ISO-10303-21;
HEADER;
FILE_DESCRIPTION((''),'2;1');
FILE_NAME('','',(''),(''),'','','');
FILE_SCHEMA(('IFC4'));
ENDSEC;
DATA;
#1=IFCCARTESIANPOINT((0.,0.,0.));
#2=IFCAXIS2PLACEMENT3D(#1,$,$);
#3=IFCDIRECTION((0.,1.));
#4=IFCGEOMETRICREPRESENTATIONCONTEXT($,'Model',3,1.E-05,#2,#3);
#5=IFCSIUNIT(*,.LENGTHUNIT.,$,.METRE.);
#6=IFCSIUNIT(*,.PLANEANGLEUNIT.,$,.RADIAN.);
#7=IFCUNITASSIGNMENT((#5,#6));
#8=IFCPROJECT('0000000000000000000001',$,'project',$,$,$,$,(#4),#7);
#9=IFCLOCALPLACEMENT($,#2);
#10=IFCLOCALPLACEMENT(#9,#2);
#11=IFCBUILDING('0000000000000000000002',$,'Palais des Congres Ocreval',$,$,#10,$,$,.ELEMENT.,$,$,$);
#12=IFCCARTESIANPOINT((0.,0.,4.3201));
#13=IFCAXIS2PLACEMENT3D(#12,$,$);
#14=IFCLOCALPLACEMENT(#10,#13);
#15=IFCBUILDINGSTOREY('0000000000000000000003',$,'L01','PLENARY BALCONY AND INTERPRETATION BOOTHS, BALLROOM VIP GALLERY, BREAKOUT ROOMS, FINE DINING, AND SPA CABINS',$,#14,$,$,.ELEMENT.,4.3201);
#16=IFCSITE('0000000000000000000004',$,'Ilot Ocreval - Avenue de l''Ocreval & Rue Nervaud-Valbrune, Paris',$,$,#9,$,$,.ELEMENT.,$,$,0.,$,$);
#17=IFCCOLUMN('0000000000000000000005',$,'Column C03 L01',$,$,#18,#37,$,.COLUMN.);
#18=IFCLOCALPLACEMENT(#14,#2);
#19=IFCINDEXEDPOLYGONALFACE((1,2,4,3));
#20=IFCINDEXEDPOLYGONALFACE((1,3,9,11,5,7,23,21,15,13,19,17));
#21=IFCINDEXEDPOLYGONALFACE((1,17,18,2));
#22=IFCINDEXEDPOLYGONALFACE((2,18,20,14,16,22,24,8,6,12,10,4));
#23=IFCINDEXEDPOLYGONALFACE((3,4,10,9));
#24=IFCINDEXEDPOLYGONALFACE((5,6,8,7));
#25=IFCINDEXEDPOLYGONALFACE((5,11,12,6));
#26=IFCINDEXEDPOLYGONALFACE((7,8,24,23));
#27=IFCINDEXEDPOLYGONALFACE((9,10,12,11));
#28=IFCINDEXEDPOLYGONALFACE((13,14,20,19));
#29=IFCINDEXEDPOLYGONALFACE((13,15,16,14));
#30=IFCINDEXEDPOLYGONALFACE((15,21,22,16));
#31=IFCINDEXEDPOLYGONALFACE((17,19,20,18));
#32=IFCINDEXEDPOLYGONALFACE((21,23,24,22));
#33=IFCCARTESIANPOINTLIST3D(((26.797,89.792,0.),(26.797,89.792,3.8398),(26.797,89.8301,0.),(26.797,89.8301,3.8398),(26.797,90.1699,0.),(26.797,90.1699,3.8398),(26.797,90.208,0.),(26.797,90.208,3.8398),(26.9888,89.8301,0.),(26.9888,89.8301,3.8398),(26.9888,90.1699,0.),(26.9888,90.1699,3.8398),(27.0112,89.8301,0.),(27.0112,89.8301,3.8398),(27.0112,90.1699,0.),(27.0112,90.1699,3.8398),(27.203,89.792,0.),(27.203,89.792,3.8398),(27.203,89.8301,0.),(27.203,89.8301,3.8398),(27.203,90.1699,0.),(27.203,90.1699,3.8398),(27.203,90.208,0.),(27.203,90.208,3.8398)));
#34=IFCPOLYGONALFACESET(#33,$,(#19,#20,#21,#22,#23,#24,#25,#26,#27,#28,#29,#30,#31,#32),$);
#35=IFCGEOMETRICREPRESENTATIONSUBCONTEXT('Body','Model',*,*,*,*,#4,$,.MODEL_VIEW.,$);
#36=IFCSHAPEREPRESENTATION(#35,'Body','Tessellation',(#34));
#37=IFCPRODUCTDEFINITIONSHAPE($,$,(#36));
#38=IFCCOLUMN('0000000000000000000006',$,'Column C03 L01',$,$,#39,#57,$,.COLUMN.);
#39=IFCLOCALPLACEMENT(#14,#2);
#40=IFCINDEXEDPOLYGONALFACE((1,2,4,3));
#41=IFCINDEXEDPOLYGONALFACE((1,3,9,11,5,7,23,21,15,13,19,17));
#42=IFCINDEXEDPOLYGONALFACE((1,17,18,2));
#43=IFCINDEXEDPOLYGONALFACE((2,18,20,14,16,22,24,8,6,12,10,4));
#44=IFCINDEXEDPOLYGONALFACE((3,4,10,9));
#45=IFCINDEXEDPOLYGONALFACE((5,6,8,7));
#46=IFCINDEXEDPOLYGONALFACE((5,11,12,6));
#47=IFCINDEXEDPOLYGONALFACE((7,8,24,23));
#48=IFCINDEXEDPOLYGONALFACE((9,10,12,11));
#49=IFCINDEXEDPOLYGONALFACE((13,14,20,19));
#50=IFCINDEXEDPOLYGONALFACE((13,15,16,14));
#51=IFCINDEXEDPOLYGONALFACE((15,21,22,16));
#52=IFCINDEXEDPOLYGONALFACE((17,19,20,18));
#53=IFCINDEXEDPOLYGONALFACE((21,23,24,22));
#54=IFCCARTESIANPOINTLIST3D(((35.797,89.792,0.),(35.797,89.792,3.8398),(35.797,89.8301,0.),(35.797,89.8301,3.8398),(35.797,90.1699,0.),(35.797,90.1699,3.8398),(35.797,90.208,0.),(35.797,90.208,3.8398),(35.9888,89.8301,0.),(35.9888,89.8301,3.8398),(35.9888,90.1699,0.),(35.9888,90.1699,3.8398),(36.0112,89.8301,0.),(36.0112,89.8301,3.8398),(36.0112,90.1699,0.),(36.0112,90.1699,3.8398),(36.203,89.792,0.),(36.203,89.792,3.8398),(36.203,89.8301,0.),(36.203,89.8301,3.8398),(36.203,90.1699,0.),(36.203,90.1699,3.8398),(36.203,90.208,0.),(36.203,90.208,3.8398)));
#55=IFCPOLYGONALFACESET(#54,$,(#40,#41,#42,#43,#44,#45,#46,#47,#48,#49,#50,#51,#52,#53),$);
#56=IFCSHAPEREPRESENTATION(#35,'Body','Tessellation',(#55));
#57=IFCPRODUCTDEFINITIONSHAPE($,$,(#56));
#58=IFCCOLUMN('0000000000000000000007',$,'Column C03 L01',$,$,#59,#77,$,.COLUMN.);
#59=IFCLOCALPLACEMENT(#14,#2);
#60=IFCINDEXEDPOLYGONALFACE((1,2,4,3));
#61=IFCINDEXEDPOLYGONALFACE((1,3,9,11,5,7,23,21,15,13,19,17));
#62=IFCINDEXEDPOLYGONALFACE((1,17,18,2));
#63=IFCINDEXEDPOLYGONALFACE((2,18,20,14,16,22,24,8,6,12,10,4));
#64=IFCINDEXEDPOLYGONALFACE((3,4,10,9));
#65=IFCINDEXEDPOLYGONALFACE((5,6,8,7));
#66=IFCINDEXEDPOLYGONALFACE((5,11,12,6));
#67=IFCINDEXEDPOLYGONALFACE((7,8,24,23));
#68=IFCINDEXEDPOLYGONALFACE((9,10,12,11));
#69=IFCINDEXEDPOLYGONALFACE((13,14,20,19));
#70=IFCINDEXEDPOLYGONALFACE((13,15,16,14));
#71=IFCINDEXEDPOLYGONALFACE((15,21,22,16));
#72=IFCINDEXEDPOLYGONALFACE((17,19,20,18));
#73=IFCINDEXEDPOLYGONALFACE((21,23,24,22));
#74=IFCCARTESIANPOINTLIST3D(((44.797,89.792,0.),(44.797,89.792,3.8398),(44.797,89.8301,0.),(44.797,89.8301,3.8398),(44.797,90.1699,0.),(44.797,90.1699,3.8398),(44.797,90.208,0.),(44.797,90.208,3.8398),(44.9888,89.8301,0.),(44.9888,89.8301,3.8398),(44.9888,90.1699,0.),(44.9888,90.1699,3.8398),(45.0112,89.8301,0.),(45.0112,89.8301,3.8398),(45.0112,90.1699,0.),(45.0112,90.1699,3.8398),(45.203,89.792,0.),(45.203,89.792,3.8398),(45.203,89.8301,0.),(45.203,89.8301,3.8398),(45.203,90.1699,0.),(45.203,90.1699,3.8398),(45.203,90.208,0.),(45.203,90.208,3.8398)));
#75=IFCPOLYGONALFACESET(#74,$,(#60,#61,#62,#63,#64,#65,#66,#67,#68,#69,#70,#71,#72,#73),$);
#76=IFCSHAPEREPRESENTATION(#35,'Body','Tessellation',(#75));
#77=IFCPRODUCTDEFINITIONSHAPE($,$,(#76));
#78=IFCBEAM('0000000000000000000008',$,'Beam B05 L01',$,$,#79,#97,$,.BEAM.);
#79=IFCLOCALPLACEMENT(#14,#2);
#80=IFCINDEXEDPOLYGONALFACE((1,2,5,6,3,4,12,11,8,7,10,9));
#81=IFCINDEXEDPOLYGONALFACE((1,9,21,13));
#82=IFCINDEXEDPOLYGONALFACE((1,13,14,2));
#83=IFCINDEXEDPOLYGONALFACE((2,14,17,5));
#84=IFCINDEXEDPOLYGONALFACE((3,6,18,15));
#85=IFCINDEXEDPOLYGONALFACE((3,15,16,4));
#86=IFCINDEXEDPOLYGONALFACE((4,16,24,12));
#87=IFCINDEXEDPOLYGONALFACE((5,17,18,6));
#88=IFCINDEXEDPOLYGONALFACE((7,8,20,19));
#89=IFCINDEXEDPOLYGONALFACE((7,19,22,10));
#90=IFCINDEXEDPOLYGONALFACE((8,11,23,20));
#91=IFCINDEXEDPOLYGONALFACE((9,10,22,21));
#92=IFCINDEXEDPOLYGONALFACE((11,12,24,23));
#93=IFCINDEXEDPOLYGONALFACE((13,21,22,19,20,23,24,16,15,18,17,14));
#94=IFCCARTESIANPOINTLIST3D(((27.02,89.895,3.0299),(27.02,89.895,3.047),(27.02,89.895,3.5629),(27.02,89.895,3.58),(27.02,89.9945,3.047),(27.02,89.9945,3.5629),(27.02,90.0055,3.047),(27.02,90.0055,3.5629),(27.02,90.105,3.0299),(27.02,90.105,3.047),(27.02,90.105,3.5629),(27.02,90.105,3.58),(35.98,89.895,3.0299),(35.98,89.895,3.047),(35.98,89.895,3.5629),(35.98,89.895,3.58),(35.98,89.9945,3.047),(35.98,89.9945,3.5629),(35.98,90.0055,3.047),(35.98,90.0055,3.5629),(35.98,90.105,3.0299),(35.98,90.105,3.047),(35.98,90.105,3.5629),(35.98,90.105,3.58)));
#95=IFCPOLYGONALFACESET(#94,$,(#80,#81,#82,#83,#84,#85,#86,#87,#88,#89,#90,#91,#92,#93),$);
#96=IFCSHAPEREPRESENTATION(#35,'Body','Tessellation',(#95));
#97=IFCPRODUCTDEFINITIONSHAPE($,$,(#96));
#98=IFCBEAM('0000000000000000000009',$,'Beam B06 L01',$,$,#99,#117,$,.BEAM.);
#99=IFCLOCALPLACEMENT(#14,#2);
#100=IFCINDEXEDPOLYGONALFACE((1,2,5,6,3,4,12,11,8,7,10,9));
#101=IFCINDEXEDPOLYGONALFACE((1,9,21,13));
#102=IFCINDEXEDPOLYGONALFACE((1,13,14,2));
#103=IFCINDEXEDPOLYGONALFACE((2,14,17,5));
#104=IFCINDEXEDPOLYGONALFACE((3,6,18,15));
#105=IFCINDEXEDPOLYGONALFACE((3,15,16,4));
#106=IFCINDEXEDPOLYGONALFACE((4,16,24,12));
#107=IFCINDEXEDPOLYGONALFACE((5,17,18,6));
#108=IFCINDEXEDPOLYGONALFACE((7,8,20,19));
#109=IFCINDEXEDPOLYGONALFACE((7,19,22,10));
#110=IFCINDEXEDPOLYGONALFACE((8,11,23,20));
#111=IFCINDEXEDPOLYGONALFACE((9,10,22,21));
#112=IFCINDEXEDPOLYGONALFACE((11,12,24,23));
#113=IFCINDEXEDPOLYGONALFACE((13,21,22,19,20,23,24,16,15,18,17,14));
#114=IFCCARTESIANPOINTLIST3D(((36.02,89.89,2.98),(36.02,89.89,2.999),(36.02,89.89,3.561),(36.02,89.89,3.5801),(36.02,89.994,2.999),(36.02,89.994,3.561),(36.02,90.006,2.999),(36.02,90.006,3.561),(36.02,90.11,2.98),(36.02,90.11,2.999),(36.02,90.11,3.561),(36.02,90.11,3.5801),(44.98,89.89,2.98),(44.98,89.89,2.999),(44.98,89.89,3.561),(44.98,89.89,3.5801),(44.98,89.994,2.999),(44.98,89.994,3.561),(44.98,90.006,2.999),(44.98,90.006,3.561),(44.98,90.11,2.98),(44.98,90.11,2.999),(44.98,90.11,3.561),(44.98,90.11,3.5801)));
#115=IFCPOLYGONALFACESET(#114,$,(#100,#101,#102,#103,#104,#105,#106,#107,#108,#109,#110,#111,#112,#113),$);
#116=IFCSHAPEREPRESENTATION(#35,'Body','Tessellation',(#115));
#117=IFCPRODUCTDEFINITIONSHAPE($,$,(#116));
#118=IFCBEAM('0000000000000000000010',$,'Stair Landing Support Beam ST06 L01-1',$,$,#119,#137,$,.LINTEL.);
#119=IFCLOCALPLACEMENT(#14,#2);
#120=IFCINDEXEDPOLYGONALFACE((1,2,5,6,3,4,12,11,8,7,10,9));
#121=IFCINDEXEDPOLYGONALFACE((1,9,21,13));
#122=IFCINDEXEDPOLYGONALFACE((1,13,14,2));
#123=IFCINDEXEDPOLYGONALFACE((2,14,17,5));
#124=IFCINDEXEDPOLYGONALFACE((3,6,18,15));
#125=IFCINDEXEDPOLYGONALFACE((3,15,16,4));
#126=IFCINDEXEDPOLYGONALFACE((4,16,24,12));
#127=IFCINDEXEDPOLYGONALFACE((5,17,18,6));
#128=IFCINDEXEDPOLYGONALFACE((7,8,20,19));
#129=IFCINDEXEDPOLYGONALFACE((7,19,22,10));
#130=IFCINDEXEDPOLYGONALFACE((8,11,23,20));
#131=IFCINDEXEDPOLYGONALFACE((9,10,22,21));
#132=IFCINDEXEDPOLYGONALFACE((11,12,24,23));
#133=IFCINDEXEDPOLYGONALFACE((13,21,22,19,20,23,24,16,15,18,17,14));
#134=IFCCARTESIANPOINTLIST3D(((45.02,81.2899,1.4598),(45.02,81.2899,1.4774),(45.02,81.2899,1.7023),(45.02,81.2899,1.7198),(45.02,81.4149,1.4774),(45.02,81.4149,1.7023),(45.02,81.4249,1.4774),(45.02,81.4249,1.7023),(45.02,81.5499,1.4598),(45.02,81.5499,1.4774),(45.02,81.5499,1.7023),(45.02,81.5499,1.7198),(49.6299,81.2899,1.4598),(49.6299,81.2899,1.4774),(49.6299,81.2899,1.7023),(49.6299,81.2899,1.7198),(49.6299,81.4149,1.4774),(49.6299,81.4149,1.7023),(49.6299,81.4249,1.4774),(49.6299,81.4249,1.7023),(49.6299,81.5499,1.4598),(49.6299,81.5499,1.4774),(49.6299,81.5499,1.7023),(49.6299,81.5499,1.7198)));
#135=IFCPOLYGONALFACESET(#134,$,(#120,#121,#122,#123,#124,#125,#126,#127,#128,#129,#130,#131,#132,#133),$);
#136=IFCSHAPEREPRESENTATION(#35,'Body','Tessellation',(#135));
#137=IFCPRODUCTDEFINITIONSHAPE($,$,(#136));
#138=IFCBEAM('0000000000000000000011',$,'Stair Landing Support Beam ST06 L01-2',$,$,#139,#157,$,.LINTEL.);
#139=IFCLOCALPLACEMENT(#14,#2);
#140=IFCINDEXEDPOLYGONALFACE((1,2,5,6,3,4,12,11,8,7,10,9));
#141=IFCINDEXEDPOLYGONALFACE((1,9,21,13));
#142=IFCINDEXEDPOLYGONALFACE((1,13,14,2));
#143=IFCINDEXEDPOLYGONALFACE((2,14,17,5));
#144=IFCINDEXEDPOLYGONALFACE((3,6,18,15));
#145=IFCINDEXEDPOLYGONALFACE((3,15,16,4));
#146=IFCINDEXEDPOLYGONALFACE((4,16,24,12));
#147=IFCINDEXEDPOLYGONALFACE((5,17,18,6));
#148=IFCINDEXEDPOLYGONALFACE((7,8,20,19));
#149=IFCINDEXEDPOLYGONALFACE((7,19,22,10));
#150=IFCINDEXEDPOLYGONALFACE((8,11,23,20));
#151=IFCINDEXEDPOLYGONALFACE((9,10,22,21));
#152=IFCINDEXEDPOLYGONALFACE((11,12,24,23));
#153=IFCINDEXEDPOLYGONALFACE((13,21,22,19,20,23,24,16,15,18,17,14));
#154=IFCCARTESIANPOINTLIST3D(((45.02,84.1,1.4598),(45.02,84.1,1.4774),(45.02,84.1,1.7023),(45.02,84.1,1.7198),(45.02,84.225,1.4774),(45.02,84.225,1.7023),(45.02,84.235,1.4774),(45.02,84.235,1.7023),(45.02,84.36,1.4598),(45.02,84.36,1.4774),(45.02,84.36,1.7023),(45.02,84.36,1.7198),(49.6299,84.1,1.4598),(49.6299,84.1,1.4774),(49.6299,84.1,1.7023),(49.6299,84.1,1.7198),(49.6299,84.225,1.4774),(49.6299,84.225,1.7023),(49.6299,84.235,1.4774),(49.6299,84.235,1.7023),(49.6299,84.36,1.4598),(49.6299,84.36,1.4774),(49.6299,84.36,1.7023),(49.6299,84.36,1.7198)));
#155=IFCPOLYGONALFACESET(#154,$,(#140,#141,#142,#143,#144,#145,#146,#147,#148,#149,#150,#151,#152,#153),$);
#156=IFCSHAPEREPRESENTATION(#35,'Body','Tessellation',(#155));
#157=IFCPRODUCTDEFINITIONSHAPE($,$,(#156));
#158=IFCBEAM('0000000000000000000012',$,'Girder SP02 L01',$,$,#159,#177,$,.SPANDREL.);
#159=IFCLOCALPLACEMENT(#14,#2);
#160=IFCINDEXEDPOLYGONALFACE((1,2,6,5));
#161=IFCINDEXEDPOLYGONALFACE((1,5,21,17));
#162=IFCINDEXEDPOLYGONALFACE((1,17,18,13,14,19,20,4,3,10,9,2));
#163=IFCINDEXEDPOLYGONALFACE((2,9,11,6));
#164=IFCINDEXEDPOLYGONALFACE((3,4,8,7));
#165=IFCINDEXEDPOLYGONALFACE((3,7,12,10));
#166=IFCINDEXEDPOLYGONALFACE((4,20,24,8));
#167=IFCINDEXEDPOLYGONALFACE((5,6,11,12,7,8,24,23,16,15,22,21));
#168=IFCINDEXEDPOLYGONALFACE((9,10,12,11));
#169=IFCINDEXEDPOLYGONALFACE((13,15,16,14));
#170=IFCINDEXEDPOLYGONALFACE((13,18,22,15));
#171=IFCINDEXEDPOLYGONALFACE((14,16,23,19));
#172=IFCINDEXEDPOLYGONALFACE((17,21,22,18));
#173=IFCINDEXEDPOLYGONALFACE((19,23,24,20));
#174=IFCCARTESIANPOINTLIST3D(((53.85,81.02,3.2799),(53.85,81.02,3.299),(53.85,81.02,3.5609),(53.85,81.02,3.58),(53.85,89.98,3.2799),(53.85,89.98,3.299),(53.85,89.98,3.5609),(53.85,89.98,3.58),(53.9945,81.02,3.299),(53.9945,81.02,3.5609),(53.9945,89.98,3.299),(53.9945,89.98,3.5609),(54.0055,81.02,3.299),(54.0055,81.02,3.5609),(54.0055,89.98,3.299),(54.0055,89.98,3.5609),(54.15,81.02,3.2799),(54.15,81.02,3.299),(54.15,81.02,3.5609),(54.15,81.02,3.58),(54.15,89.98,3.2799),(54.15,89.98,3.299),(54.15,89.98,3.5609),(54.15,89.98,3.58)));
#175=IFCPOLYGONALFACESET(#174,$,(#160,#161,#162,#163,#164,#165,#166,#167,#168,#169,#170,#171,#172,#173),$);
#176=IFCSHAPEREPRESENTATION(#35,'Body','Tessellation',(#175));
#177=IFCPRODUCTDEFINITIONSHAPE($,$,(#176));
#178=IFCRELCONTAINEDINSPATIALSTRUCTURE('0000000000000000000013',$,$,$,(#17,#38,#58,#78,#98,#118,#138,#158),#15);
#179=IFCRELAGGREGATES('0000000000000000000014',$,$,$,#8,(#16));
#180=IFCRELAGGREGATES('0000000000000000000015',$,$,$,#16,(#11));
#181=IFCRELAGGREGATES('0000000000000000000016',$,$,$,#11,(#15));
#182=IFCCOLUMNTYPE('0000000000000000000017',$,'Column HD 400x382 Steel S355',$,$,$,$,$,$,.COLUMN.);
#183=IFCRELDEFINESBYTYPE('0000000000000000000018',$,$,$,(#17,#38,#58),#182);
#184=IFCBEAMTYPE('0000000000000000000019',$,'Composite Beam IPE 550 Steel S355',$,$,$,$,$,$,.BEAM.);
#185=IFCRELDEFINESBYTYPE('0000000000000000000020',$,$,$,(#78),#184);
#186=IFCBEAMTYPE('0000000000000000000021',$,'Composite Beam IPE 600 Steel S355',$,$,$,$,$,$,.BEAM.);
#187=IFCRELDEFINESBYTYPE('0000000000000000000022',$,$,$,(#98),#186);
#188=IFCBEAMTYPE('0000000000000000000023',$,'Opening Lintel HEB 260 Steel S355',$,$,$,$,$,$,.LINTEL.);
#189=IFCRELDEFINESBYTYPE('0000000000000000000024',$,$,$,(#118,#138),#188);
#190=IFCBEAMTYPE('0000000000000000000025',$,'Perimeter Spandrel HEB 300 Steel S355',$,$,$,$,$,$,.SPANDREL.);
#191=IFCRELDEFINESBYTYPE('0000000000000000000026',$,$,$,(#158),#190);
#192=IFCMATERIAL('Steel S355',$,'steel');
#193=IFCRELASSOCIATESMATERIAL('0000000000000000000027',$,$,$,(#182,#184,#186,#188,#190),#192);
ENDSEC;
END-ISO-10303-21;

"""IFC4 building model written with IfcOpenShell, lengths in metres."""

from ifc_helpers import new_model, si_unit, direction, frame, origin, origin_2d, place, context, subcontext, project, spatial, i_section, extrude, material, material_profile, profile_set, type_object, element, save


model = new_model("IFC4")

# Units and contexts
model_context = context("Model", 3, precision=1e-05, world=origin(), true_north=direction((0.0, 1.0)))
body_context = subcontext(model_context, "Body", "Model", "MODEL_VIEW")
ifc_project = project(units=[si_unit("LENGTHUNIT", "METRE"), si_unit("PLANEANGLEUNIT", "RADIAN")], contexts=[model_context])

# Site, building, storey
site_placement = place(None, origin())
site = spatial("IfcSite", under=ifc_project, at=site_placement, Name="Ilot Ocreval - Avenue de l'Ocreval & Rue Nervaud-Valbrune, Paris", CompositionType="ELEMENT", RefElevation=0.0)
building_placement = place(site_placement, origin())
building = spatial("IfcBuilding", under=site, at=building_placement, Name="Palais des Congres Ocreval", CompositionType="ELEMENT")
storey_placement = place(building_placement, frame((0.0, 0.0, 4.3201)))
storey = spatial("IfcBuildingStorey", under=building, at=storey_placement, Name="L01", Description="PLENARY BALCONY AND INTERPRETATION BOOTHS, BALLROOM VIP GALLERY, BREAKOUT ROOMS, FINE DINING, AND SPA CABINS", CompositionType="ELEMENT", Elevation=4.3201)

# Columns
ifc_material_1 = material(Name="Steel S355", Category="steel")
ifc_material_profile_1 = material_profile(ifc_material_1, i_section(OverallWidth=0.406, OverallDepth=0.416, WebThickness=0.0225, FlangeThickness=0.0381, at=origin_2d()), Name="HD 400x382")
ifc_profile_set_1 = profile_set([ifc_material_profile_1], Name="Steel S355")
column_type = type_object("IfcColumnType", Name="Column HD 400x382 Steel S355", PredefinedType="COLUMN", material=ifc_profile_set_1)
for number, where, z_axis, x_axis, name in (
    (1, (27.0, 90.0, 0.0), (0.0, 0.0, 1.0), (1.0, 0.0, 0.0), "Column C03 L01"),
    (2, (36.0, 90.0, 0.0), (0.0, 0.0, 1.0), (1.0, 0.0, 0.0), "Column C03 L01"),
    (3, (45.0, 90.0, 0.0), (0.0, 0.0, 1.0), (1.0, 0.0, 0.0), "Column C03 L01"),
):
    element("IfcColumn", number, at=place(storey_placement, frame(where, z_axis=z_axis, x_axis=x_axis)), inside=storey, type_object=column_type, Name=name, PredefinedType="COLUMN", context=body_context, shape_type="SweptSolid", body=[
        extrude(i_section(OverallWidth=0.406, OverallDepth=0.416, WebThickness=0.0225, FlangeThickness=0.0381, at=origin_2d()), origin(), (0.0, 0.0, 1.0), 3.8398),
    ])

# Beams
ifc_material_profile_2 = material_profile(ifc_material_1, i_section(OverallWidth=0.21, OverallDepth=0.55, WebThickness=0.011, FlangeThickness=0.0171, at=origin_2d()), Name="IPE 550")
ifc_profile_set_2 = profile_set([ifc_material_profile_2], Name="Steel S355")
beam_type_1 = type_object("IfcBeamType", Name="Composite Beam IPE 550 Steel S355", PredefinedType="BEAM", material=ifc_profile_set_2)
beam_1_placement = place(storey_placement, frame((27.02, 90.0, 3.3049), z_axis=(1.0, 0.0, 0.0), x_axis=(0.0, 1.0, 0.0)))
element("IfcBeam", 4, at=beam_1_placement, inside=storey, type_object=beam_type_1, Name="Beam B05 L01", PredefinedType="BEAM", context=body_context, shape_type="SweptSolid", body=[
    extrude(i_section(OverallWidth=0.21, OverallDepth=0.55, WebThickness=0.011, FlangeThickness=0.0171, at=origin_2d()), origin(), (0.0, 0.0, 1.0), 8.96),
])
ifc_material_profile_3 = material_profile(ifc_material_1, i_section(OverallWidth=0.22, OverallDepth=0.6001, WebThickness=0.012, FlangeThickness=0.019, at=origin_2d()), Name="IPE 600")
ifc_profile_set_3 = profile_set([ifc_material_profile_3], Name="Steel S355")
beam_type_2 = type_object("IfcBeamType", Name="Composite Beam IPE 600 Steel S355", PredefinedType="BEAM", material=ifc_profile_set_3)
beam_2_placement = place(storey_placement, frame((36.02, 90.0, 3.28), z_axis=(1.0, 0.0, 0.0), x_axis=(0.0, 1.0, 0.0)))
element("IfcBeam", 5, at=beam_2_placement, inside=storey, type_object=beam_type_2, Name="Beam B06 L01", PredefinedType="BEAM", context=body_context, shape_type="SweptSolid", body=[
    extrude(i_section(OverallWidth=0.22, OverallDepth=0.6001, WebThickness=0.012, FlangeThickness=0.019, at=origin_2d()), origin(), (0.0, 0.0, 1.0), 8.96),
])
ifc_material_profile_4 = material_profile(ifc_material_1, i_section(OverallWidth=0.26, OverallDepth=0.26, WebThickness=0.01, FlangeThickness=0.0176, at=origin_2d()), Name="HEB 260")
ifc_profile_set_4 = profile_set([ifc_material_profile_4], Name="Steel S355")
beam_type_3 = type_object("IfcBeamType", Name="Opening Lintel HEB 260 Steel S355", PredefinedType="LINTEL", material=ifc_profile_set_4)
for number, where, z_axis, x_axis, name in (
    (6, (45.02, 81.4199, 1.5898), (1.0, 0.0, 0.0), (0.0, 1.0, 0.0), "Stair Landing Support Beam ST06 L01-1"),
    (7, (45.02, 84.23, 1.5898), (1.0, 0.0, 0.0), (0.0, 1.0, 0.0), "Stair Landing Support Beam ST06 L01-2"),
):
    element("IfcBeam", number, at=place(storey_placement, frame(where, z_axis=z_axis, x_axis=x_axis)), inside=storey, type_object=beam_type_3, Name=name, PredefinedType="LINTEL", context=body_context, shape_type="SweptSolid", body=[
        extrude(i_section(OverallWidth=0.26, OverallDepth=0.26, WebThickness=0.01, FlangeThickness=0.0176, at=origin_2d()), origin(), (0.0, 0.0, 1.0), 4.6099),
    ])
ifc_material_profile_5 = material_profile(ifc_material_1, i_section(OverallWidth=0.3, OverallDepth=0.3, WebThickness=0.011, FlangeThickness=0.019, at=origin_2d()), Name="HEB 300")
ifc_profile_set_5 = profile_set([ifc_material_profile_5], Name="Steel S355")
beam_type_4 = type_object("IfcBeamType", Name="Perimeter Spandrel HEB 300 Steel S355", PredefinedType="SPANDREL", material=ifc_profile_set_5)
beam_3_placement = place(storey_placement, frame((54.0, 81.02, 3.4299), z_axis=(0.0, 1.0, 0.0), x_axis=(-1.0, 0.0, 0.0)))
element("IfcBeam", 8, at=beam_3_placement, inside=storey, type_object=beam_type_4, Name="Girder SP02 L01", PredefinedType="SPANDREL", context=body_context, shape_type="SweptSolid", body=[
    extrude(i_section(OverallWidth=0.3, OverallDepth=0.3, WebThickness=0.011, FlangeThickness=0.019, at=origin_2d()), origin(), (0.0, 0.0, 1.0), 8.96),
])

save(model, "model.ifc")
